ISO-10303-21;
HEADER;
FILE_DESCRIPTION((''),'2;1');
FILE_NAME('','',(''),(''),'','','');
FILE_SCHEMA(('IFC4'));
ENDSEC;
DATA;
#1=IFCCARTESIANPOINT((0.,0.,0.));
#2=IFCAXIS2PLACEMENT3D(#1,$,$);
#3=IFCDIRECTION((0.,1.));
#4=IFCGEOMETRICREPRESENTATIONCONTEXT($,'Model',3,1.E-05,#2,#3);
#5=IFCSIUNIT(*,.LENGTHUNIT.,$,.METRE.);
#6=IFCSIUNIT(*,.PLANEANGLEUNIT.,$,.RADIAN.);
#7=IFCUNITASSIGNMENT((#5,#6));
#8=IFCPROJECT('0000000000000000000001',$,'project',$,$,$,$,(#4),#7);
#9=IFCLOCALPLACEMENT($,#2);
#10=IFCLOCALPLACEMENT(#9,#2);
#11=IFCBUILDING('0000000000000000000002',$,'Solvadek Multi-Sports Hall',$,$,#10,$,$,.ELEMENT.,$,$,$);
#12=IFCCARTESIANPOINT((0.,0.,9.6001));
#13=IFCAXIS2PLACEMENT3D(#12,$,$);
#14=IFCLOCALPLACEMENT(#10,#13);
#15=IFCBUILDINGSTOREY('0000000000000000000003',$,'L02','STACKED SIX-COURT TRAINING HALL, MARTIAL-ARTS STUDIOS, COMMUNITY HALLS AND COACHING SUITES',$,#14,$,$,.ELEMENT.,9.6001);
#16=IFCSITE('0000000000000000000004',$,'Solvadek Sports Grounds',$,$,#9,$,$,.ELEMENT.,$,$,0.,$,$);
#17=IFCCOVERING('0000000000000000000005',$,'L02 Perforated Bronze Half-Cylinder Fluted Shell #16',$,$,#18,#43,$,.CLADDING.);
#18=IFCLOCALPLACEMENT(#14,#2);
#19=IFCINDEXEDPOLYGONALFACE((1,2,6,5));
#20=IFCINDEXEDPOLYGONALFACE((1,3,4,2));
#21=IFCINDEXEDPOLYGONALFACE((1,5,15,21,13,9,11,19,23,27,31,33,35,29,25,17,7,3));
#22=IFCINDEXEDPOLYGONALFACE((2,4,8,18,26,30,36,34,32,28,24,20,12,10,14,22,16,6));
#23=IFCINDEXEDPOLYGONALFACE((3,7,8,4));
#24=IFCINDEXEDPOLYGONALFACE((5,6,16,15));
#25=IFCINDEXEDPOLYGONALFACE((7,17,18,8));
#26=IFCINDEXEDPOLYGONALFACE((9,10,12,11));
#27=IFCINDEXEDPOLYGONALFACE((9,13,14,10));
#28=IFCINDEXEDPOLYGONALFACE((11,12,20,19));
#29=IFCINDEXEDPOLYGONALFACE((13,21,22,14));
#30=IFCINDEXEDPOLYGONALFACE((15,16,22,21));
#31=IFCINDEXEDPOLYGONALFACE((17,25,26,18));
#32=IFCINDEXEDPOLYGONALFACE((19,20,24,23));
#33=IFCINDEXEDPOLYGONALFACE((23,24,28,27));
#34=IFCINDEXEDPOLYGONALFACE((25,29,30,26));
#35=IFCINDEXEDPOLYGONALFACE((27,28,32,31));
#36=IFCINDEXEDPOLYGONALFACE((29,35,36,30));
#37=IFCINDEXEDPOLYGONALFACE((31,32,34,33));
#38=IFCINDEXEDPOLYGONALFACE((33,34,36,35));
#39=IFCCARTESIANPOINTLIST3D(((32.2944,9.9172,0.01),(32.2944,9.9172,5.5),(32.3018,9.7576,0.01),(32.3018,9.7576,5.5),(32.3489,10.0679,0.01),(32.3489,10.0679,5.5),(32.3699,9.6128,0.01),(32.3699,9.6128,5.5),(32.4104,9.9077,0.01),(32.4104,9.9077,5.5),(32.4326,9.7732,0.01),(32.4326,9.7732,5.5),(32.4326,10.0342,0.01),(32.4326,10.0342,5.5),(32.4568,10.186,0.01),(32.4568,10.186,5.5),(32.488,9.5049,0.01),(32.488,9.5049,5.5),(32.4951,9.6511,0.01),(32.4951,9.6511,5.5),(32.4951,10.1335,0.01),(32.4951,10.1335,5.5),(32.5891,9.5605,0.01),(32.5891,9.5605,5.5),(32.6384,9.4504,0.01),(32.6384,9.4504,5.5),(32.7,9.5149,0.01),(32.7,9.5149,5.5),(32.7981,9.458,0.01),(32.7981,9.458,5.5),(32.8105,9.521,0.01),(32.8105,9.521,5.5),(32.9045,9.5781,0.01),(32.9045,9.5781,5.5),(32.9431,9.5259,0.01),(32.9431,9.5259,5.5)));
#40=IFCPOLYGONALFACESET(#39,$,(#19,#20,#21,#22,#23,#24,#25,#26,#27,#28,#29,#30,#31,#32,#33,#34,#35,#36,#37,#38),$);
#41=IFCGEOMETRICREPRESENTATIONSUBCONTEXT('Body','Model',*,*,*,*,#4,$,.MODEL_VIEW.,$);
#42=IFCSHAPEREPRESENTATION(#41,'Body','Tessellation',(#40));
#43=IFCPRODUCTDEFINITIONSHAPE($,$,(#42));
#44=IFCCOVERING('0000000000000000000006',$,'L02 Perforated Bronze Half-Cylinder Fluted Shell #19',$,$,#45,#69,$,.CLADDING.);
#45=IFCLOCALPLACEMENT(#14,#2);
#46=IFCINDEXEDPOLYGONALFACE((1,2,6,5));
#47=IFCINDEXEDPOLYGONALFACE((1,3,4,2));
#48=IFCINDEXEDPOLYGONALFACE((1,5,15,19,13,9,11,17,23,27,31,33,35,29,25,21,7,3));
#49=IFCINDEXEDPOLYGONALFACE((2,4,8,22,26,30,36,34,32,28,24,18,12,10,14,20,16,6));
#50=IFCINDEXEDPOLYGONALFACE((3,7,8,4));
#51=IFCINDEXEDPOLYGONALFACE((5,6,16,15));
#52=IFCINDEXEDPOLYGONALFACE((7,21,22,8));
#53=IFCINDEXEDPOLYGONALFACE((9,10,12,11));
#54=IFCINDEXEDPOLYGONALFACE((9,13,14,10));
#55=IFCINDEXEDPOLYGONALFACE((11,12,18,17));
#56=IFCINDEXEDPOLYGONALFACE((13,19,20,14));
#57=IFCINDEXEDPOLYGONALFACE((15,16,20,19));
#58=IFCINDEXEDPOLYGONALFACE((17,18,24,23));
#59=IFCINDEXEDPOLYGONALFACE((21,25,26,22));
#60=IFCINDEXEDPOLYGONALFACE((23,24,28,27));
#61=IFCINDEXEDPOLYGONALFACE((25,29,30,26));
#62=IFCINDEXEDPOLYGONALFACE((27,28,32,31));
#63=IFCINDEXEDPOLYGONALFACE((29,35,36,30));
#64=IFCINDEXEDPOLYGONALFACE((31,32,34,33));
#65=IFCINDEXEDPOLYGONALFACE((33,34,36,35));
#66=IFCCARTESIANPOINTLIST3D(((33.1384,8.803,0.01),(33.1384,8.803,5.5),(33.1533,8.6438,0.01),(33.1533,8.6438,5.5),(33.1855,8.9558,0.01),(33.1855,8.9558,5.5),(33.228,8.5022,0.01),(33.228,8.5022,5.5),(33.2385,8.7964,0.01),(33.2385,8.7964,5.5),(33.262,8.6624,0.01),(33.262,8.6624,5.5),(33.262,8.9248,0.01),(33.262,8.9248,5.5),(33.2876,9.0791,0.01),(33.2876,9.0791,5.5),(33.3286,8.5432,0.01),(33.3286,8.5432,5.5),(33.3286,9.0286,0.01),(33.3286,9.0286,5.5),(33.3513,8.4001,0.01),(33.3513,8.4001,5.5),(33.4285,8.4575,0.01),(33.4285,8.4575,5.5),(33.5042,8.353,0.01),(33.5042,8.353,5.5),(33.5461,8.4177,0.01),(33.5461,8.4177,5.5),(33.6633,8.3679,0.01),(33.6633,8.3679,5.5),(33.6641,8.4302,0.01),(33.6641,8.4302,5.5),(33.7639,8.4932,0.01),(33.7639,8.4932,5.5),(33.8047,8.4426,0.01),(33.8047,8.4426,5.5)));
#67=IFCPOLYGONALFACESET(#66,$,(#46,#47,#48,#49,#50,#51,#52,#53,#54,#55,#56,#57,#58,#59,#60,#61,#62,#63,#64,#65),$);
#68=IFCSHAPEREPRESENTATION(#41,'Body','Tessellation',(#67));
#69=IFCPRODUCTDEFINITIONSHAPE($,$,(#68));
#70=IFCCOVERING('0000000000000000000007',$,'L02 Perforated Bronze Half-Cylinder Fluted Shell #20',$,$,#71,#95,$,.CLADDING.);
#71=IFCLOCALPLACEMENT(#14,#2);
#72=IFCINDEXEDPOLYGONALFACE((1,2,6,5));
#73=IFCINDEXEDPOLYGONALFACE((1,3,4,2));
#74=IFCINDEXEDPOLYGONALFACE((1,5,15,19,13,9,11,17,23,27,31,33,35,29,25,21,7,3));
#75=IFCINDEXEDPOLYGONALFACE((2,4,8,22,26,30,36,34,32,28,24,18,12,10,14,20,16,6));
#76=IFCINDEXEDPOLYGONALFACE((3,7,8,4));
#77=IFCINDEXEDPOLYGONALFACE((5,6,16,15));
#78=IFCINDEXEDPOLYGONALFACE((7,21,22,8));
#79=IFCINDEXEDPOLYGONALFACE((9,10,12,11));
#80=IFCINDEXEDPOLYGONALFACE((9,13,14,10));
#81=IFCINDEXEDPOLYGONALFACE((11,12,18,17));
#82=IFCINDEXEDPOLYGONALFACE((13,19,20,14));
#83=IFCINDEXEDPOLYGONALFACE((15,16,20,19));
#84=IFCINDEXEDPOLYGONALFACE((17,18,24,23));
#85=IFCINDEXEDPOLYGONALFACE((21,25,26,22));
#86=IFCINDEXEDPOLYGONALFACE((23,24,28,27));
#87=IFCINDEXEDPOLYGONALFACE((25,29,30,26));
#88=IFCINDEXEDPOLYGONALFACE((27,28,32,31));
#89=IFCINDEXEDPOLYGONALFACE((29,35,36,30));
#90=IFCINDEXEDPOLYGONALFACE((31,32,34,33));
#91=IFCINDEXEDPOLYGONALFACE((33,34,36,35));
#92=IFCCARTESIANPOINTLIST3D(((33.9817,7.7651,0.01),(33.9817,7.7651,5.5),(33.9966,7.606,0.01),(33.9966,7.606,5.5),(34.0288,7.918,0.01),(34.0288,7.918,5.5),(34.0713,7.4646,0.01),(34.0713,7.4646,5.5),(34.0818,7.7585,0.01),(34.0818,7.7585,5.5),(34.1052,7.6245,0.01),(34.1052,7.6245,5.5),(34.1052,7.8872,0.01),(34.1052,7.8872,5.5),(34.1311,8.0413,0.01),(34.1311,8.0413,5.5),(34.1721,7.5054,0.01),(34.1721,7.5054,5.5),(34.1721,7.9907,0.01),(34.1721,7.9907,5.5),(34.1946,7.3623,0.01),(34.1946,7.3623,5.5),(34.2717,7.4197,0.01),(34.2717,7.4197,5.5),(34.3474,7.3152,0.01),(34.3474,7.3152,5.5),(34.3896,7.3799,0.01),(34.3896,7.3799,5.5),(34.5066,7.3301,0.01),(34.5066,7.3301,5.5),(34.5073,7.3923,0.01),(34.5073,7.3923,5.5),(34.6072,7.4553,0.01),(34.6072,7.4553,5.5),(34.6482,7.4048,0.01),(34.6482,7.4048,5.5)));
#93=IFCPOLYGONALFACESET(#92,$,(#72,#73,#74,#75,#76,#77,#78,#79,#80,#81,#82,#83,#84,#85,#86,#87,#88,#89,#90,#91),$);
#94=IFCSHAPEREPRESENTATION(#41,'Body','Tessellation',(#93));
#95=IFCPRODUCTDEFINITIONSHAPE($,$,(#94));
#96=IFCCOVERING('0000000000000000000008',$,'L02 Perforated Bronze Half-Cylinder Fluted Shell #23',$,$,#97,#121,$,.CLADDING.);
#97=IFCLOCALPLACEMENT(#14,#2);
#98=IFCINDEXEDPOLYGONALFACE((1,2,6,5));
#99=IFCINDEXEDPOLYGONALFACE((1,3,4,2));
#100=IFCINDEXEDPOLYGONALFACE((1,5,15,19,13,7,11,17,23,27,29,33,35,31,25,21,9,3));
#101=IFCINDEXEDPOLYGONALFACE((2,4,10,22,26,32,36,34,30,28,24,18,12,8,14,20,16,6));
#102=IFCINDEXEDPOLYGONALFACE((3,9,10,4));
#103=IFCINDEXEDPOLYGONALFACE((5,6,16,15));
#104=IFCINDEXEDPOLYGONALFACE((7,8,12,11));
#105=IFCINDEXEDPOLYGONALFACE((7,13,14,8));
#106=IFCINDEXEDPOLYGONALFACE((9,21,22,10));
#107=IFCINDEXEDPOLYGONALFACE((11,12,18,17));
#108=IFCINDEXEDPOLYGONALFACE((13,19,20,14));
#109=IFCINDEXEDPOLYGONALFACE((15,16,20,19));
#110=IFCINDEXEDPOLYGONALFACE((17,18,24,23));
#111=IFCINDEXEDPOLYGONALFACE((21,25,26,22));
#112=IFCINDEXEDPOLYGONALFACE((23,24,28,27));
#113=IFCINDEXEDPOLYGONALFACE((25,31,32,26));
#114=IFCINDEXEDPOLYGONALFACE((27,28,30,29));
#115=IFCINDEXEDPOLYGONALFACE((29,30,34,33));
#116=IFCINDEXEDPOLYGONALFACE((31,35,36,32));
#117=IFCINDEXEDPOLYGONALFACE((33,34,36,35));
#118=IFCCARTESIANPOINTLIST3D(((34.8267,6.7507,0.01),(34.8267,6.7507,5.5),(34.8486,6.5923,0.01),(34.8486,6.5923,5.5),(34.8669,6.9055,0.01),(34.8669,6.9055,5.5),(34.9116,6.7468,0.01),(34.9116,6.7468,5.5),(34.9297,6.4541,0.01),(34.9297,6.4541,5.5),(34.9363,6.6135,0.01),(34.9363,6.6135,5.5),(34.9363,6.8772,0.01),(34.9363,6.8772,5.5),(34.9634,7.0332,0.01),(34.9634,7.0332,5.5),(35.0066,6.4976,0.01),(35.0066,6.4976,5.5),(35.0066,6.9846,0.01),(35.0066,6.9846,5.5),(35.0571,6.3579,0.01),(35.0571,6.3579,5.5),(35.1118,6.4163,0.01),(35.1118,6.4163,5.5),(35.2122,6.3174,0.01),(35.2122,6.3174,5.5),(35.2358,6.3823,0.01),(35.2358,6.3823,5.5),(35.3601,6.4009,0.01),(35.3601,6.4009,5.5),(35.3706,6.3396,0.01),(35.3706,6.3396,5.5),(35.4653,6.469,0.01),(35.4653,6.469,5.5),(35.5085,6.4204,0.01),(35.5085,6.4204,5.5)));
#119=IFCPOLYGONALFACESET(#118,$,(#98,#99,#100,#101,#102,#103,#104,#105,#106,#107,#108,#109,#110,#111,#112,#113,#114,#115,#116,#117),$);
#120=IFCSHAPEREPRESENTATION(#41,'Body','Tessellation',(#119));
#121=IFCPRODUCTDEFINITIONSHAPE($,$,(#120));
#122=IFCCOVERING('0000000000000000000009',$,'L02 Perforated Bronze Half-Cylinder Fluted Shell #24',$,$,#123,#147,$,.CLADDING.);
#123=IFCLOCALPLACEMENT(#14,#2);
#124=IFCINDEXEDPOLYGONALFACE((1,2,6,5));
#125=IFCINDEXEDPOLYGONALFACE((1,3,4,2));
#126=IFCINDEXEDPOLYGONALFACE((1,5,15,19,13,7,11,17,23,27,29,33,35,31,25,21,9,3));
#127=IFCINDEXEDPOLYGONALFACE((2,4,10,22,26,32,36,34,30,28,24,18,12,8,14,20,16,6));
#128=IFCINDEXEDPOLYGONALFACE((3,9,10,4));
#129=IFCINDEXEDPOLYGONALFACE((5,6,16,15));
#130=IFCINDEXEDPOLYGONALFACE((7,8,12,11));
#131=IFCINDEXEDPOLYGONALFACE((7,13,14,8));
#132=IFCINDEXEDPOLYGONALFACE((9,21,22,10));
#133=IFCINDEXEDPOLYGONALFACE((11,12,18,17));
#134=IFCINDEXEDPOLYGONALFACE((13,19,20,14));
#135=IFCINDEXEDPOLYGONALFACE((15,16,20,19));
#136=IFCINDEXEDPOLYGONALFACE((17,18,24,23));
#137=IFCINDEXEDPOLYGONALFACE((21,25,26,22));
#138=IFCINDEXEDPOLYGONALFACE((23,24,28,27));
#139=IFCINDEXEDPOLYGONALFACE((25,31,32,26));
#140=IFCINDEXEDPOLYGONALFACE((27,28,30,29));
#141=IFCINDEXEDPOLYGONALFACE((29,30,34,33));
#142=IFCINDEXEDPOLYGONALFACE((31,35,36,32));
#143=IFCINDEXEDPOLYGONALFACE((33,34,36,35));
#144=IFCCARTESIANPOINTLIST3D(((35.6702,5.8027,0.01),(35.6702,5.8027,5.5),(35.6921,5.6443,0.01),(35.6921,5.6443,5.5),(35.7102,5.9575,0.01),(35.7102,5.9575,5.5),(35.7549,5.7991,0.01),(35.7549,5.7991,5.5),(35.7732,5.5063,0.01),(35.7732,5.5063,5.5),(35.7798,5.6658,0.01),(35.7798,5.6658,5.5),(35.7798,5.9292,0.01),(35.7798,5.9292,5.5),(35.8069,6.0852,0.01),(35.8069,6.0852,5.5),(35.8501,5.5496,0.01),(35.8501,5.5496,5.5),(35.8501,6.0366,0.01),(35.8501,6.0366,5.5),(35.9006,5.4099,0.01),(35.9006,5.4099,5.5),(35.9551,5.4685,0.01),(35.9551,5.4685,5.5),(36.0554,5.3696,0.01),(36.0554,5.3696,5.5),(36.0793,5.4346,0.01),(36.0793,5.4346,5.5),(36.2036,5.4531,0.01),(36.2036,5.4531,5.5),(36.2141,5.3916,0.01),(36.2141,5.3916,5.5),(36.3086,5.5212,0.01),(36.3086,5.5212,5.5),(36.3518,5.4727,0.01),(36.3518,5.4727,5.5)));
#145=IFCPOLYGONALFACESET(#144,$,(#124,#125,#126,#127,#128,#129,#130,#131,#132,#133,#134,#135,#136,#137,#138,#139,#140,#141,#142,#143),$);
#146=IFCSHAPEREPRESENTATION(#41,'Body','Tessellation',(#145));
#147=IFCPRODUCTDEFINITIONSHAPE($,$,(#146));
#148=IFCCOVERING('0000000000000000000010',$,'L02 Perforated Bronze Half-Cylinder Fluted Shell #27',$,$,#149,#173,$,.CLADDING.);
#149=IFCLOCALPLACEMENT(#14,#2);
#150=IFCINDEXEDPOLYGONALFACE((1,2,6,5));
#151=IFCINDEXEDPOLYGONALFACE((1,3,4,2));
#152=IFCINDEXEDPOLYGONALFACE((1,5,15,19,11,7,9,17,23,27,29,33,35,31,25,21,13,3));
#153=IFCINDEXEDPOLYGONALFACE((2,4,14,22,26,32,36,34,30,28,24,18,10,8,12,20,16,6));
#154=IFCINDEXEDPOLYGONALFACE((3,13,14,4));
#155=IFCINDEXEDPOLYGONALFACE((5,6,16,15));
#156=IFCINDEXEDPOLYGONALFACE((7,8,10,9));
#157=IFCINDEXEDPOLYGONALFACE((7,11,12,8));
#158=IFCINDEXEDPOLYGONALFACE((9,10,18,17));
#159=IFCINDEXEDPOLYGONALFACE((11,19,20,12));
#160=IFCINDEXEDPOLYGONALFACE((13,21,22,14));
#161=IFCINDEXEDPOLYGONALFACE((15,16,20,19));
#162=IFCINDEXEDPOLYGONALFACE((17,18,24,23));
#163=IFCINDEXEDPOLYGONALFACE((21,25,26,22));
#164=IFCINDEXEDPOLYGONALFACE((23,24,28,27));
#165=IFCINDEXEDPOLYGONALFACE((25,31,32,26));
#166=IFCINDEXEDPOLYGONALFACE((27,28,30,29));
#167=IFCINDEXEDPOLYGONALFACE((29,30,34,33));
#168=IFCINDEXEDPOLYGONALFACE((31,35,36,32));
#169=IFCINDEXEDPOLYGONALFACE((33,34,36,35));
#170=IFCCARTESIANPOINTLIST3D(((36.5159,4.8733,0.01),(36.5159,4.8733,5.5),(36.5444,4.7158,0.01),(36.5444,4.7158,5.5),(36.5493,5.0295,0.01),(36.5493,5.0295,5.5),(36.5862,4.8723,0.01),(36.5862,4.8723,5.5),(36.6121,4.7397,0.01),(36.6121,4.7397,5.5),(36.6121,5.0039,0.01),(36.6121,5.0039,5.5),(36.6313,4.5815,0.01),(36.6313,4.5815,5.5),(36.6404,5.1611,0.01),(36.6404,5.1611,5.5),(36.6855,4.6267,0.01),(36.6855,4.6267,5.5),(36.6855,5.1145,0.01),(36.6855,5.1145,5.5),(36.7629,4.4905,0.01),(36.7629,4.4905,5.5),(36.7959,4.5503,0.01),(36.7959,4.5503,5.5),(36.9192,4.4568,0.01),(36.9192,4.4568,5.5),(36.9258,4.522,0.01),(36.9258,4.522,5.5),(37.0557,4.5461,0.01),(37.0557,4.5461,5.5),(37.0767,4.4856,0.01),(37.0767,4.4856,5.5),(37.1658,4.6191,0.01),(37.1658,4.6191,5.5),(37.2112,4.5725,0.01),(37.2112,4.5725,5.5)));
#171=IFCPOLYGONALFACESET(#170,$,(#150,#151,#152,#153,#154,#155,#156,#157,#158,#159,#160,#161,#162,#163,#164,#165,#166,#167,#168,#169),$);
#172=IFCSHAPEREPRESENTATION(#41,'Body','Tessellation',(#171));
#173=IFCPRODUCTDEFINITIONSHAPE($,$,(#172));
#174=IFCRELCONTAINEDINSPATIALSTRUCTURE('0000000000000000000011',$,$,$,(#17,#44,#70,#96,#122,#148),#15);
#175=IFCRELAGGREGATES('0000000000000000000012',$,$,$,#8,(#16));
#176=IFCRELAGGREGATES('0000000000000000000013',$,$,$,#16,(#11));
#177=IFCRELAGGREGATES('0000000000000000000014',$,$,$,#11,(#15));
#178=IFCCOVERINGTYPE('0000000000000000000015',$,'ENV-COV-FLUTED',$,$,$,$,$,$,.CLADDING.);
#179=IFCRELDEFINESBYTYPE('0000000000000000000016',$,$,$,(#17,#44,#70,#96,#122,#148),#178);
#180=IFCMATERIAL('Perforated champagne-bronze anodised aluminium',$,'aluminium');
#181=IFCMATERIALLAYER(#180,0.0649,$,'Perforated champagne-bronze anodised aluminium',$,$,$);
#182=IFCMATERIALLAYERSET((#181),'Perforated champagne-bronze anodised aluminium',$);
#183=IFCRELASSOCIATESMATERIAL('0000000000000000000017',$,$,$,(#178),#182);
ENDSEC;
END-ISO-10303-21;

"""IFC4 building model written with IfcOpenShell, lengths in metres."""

from ifc_helpers import new_model, si_unit, direction, frame, origin, place, context, subcontext, project, spatial, polyline, outline, extrude, material, layer, layer_set, type_object, element, save


model = new_model("IFC4")

# Units and contexts
model_context = context("Model", 3, precision=1e-05, world=origin(), true_north=direction((0.0, 1.0)))
body_context = subcontext(model_context, "Body", "Model", "MODEL_VIEW")
ifc_project = project(units=[si_unit("LENGTHUNIT", "METRE"), si_unit("PLANEANGLEUNIT", "RADIAN")], contexts=[model_context])

# Site, building, storey
site_placement = place(None, origin())
site = spatial("IfcSite", under=ifc_project, at=site_placement, Name="Solvadek Sports Grounds", CompositionType="ELEMENT", RefElevation=0.0)
building_placement = place(site_placement, origin())
building = spatial("IfcBuilding", under=site, at=building_placement, Name="Solvadek Multi-Sports Hall", CompositionType="ELEMENT")
storey_placement = place(building_placement, frame((0.0, 0.0, 9.6001)))
storey = spatial("IfcBuildingStorey", under=building, at=storey_placement, Name="L02", Description="STACKED SIX-COURT TRAINING HALL, MARTIAL-ARTS STUDIOS, COMMUNITY HALLS AND COACHING SUITES", CompositionType="ELEMENT", Elevation=9.6001)

# Coverings
ifc_material = material(Name="Perforated champagne-bronze anodised aluminium", Category="aluminium")
ifc_layer = layer(ifc_material, 0.0649, Name="Perforated champagne-bronze anodised aluminium")
ifc_layer_set = layer_set([ifc_layer], Name="Perforated champagne-bronze anodised aluminium")
covering_type = type_object("IfcCoveringType", Name="ENV-COV-FLUTED", PredefinedType="CLADDING", material=ifc_layer_set)
covering_1_placement = place(storey_placement, frame((0.0, 0.0, 0.01)))
element("IfcCovering", 1, at=covering_1_placement, inside=storey, type_object=covering_type, Name="L02 Perforated Bronze Half-Cylinder Fluted Shell #16", PredefinedType="CLADDING", context=body_context, shape_type="SweptSolid", body=[
    extrude(outline(polyline([(32.9431, 9.5259), (32.7981, 9.458), (32.6384, 9.4504), (32.488, 9.5049), (32.3699, 9.6128), (32.3018, 9.7576), (32.2944, 9.9172), (32.3489, 10.0679), (32.4568, 10.186), (32.4951, 10.1335), (32.4326, 10.0342), (32.4104, 9.9077), (32.4326, 9.7732), (32.4951, 9.6511), (32.5891, 9.5605), (32.7, 9.5149), (32.8105, 9.521), (32.9045, 9.5781), (32.9431, 9.5259)])), origin(), (0.0, 0.0, 1.0), 5.49),
])
covering_2_placement = place(storey_placement, frame((0.0, 0.0, 0.01)))
element("IfcCovering", 2, at=covering_2_placement, inside=storey, type_object=covering_type, Name="L02 Perforated Bronze Half-Cylinder Fluted Shell #19", PredefinedType="CLADDING", context=body_context, shape_type="SweptSolid", body=[
    extrude(outline(polyline([(33.8047, 8.4426), (33.6633, 8.3679), (33.5042, 8.353), (33.3513, 8.4001), (33.228, 8.5022), (33.1533, 8.6438), (33.1384, 8.803), (33.1855, 8.9558), (33.2876, 9.0791), (33.3286, 9.0286), (33.262, 8.9248), (33.2385, 8.7964), (33.262, 8.6624), (33.3286, 8.5432), (33.4285, 8.4575), (33.5461, 8.4177), (33.6641, 8.4302), (33.7639, 8.4932), (33.8047, 8.4426)])), origin(), (0.0, 0.0, 1.0), 5.49),
])
covering_3_placement = place(storey_placement, frame((0.0, 0.0, 0.01)))
element("IfcCovering", 3, at=covering_3_placement, inside=storey, type_object=covering_type, Name="L02 Perforated Bronze Half-Cylinder Fluted Shell #20", PredefinedType="CLADDING", context=body_context, shape_type="SweptSolid", body=[
    extrude(outline(polyline([(34.6482, 7.4048), (34.5066, 7.3301), (34.3474, 7.3152), (34.1946, 7.3623), (34.0713, 7.4646), (33.9966, 7.606), (33.9817, 7.7651), (34.0288, 7.918), (34.1311, 8.0413), (34.1721, 7.9907), (34.1052, 7.8872), (34.0818, 7.7585), (34.1052, 7.6245), (34.1721, 7.5054), (34.2717, 7.4197), (34.3896, 7.3799), (34.5073, 7.3923), (34.6072, 7.4553), (34.6482, 7.4048)])), origin(), (0.0, 0.0, 1.0), 5.49),
])
covering_4_placement = place(storey_placement, frame((0.0, 0.0, 0.01)))
element("IfcCovering", 4, at=covering_4_placement, inside=storey, type_object=covering_type, Name="L02 Perforated Bronze Half-Cylinder Fluted Shell #23", PredefinedType="CLADDING", context=body_context, shape_type="SweptSolid", body=[
    extrude(outline(polyline([(35.5085, 6.4204), (35.3706, 6.3396), (35.2122, 6.3174), (35.0571, 6.3579), (34.9297, 6.4541), (34.8486, 6.5923), (34.8267, 6.7507), (34.8669, 6.9055), (34.9634, 7.0332), (35.0066, 6.9846), (34.9363, 6.8772), (34.9116, 6.7468), (34.9363, 6.6135), (35.0066, 6.4976), (35.1118, 6.4163), (35.2358, 6.3823), (35.3601, 6.4009), (35.4653, 6.469), (35.5085, 6.4204)])), origin(), (0.0, 0.0, 1.0), 5.49),
])
covering_5_placement = place(storey_placement, frame((0.0, 0.0, 0.01)))
element("IfcCovering", 5, at=covering_5_placement, inside=storey, type_object=covering_type, Name="L02 Perforated Bronze Half-Cylinder Fluted Shell #24", PredefinedType="CLADDING", context=body_context, shape_type="SweptSolid", body=[
    extrude(outline(polyline([(36.3518, 5.4727), (36.2141, 5.3916), (36.0554, 5.3696), (35.9006, 5.4099), (35.7732, 5.5063), (35.6921, 5.6443), (35.6702, 5.8027), (35.7102, 5.9575), (35.8069, 6.0852), (35.8501, 6.0366), (35.7798, 5.9292), (35.7549, 5.7991), (35.7798, 5.6658), (35.8501, 5.5496), (35.9551, 5.4685), (36.0793, 5.4346), (36.2036, 5.4531), (36.3086, 5.5212), (36.3518, 5.4727)])), origin(), (0.0, 0.0, 1.0), 5.49),
])
covering_6_placement = place(storey_placement, frame((0.0, 0.0, 0.01)))
element("IfcCovering", 6, at=covering_6_placement, inside=storey, type_object=covering_type, Name="L02 Perforated Bronze Half-Cylinder Fluted Shell #27", PredefinedType="CLADDING", context=body_context, shape_type="SweptSolid", body=[
    extrude(outline(polyline([(37.2112, 4.5725), (37.0767, 4.4856), (36.9192, 4.4568), (36.7629, 4.4905), (36.6313, 4.5815), (36.5444, 4.7158), (36.5159, 4.8733), (36.5493, 5.0295), (36.6404, 5.1611), (36.6855, 5.1145), (36.6121, 5.0039), (36.5862, 4.8723), (36.6121, 4.7397), (36.6855, 4.6267), (36.7959, 4.5503), (36.9258, 4.522), (37.0557, 4.5461), (37.1658, 4.6191), (37.2112, 4.5725)])), origin(), (0.0, 0.0, 1.0), 5.49),
])

save(model, "model.ifc")
